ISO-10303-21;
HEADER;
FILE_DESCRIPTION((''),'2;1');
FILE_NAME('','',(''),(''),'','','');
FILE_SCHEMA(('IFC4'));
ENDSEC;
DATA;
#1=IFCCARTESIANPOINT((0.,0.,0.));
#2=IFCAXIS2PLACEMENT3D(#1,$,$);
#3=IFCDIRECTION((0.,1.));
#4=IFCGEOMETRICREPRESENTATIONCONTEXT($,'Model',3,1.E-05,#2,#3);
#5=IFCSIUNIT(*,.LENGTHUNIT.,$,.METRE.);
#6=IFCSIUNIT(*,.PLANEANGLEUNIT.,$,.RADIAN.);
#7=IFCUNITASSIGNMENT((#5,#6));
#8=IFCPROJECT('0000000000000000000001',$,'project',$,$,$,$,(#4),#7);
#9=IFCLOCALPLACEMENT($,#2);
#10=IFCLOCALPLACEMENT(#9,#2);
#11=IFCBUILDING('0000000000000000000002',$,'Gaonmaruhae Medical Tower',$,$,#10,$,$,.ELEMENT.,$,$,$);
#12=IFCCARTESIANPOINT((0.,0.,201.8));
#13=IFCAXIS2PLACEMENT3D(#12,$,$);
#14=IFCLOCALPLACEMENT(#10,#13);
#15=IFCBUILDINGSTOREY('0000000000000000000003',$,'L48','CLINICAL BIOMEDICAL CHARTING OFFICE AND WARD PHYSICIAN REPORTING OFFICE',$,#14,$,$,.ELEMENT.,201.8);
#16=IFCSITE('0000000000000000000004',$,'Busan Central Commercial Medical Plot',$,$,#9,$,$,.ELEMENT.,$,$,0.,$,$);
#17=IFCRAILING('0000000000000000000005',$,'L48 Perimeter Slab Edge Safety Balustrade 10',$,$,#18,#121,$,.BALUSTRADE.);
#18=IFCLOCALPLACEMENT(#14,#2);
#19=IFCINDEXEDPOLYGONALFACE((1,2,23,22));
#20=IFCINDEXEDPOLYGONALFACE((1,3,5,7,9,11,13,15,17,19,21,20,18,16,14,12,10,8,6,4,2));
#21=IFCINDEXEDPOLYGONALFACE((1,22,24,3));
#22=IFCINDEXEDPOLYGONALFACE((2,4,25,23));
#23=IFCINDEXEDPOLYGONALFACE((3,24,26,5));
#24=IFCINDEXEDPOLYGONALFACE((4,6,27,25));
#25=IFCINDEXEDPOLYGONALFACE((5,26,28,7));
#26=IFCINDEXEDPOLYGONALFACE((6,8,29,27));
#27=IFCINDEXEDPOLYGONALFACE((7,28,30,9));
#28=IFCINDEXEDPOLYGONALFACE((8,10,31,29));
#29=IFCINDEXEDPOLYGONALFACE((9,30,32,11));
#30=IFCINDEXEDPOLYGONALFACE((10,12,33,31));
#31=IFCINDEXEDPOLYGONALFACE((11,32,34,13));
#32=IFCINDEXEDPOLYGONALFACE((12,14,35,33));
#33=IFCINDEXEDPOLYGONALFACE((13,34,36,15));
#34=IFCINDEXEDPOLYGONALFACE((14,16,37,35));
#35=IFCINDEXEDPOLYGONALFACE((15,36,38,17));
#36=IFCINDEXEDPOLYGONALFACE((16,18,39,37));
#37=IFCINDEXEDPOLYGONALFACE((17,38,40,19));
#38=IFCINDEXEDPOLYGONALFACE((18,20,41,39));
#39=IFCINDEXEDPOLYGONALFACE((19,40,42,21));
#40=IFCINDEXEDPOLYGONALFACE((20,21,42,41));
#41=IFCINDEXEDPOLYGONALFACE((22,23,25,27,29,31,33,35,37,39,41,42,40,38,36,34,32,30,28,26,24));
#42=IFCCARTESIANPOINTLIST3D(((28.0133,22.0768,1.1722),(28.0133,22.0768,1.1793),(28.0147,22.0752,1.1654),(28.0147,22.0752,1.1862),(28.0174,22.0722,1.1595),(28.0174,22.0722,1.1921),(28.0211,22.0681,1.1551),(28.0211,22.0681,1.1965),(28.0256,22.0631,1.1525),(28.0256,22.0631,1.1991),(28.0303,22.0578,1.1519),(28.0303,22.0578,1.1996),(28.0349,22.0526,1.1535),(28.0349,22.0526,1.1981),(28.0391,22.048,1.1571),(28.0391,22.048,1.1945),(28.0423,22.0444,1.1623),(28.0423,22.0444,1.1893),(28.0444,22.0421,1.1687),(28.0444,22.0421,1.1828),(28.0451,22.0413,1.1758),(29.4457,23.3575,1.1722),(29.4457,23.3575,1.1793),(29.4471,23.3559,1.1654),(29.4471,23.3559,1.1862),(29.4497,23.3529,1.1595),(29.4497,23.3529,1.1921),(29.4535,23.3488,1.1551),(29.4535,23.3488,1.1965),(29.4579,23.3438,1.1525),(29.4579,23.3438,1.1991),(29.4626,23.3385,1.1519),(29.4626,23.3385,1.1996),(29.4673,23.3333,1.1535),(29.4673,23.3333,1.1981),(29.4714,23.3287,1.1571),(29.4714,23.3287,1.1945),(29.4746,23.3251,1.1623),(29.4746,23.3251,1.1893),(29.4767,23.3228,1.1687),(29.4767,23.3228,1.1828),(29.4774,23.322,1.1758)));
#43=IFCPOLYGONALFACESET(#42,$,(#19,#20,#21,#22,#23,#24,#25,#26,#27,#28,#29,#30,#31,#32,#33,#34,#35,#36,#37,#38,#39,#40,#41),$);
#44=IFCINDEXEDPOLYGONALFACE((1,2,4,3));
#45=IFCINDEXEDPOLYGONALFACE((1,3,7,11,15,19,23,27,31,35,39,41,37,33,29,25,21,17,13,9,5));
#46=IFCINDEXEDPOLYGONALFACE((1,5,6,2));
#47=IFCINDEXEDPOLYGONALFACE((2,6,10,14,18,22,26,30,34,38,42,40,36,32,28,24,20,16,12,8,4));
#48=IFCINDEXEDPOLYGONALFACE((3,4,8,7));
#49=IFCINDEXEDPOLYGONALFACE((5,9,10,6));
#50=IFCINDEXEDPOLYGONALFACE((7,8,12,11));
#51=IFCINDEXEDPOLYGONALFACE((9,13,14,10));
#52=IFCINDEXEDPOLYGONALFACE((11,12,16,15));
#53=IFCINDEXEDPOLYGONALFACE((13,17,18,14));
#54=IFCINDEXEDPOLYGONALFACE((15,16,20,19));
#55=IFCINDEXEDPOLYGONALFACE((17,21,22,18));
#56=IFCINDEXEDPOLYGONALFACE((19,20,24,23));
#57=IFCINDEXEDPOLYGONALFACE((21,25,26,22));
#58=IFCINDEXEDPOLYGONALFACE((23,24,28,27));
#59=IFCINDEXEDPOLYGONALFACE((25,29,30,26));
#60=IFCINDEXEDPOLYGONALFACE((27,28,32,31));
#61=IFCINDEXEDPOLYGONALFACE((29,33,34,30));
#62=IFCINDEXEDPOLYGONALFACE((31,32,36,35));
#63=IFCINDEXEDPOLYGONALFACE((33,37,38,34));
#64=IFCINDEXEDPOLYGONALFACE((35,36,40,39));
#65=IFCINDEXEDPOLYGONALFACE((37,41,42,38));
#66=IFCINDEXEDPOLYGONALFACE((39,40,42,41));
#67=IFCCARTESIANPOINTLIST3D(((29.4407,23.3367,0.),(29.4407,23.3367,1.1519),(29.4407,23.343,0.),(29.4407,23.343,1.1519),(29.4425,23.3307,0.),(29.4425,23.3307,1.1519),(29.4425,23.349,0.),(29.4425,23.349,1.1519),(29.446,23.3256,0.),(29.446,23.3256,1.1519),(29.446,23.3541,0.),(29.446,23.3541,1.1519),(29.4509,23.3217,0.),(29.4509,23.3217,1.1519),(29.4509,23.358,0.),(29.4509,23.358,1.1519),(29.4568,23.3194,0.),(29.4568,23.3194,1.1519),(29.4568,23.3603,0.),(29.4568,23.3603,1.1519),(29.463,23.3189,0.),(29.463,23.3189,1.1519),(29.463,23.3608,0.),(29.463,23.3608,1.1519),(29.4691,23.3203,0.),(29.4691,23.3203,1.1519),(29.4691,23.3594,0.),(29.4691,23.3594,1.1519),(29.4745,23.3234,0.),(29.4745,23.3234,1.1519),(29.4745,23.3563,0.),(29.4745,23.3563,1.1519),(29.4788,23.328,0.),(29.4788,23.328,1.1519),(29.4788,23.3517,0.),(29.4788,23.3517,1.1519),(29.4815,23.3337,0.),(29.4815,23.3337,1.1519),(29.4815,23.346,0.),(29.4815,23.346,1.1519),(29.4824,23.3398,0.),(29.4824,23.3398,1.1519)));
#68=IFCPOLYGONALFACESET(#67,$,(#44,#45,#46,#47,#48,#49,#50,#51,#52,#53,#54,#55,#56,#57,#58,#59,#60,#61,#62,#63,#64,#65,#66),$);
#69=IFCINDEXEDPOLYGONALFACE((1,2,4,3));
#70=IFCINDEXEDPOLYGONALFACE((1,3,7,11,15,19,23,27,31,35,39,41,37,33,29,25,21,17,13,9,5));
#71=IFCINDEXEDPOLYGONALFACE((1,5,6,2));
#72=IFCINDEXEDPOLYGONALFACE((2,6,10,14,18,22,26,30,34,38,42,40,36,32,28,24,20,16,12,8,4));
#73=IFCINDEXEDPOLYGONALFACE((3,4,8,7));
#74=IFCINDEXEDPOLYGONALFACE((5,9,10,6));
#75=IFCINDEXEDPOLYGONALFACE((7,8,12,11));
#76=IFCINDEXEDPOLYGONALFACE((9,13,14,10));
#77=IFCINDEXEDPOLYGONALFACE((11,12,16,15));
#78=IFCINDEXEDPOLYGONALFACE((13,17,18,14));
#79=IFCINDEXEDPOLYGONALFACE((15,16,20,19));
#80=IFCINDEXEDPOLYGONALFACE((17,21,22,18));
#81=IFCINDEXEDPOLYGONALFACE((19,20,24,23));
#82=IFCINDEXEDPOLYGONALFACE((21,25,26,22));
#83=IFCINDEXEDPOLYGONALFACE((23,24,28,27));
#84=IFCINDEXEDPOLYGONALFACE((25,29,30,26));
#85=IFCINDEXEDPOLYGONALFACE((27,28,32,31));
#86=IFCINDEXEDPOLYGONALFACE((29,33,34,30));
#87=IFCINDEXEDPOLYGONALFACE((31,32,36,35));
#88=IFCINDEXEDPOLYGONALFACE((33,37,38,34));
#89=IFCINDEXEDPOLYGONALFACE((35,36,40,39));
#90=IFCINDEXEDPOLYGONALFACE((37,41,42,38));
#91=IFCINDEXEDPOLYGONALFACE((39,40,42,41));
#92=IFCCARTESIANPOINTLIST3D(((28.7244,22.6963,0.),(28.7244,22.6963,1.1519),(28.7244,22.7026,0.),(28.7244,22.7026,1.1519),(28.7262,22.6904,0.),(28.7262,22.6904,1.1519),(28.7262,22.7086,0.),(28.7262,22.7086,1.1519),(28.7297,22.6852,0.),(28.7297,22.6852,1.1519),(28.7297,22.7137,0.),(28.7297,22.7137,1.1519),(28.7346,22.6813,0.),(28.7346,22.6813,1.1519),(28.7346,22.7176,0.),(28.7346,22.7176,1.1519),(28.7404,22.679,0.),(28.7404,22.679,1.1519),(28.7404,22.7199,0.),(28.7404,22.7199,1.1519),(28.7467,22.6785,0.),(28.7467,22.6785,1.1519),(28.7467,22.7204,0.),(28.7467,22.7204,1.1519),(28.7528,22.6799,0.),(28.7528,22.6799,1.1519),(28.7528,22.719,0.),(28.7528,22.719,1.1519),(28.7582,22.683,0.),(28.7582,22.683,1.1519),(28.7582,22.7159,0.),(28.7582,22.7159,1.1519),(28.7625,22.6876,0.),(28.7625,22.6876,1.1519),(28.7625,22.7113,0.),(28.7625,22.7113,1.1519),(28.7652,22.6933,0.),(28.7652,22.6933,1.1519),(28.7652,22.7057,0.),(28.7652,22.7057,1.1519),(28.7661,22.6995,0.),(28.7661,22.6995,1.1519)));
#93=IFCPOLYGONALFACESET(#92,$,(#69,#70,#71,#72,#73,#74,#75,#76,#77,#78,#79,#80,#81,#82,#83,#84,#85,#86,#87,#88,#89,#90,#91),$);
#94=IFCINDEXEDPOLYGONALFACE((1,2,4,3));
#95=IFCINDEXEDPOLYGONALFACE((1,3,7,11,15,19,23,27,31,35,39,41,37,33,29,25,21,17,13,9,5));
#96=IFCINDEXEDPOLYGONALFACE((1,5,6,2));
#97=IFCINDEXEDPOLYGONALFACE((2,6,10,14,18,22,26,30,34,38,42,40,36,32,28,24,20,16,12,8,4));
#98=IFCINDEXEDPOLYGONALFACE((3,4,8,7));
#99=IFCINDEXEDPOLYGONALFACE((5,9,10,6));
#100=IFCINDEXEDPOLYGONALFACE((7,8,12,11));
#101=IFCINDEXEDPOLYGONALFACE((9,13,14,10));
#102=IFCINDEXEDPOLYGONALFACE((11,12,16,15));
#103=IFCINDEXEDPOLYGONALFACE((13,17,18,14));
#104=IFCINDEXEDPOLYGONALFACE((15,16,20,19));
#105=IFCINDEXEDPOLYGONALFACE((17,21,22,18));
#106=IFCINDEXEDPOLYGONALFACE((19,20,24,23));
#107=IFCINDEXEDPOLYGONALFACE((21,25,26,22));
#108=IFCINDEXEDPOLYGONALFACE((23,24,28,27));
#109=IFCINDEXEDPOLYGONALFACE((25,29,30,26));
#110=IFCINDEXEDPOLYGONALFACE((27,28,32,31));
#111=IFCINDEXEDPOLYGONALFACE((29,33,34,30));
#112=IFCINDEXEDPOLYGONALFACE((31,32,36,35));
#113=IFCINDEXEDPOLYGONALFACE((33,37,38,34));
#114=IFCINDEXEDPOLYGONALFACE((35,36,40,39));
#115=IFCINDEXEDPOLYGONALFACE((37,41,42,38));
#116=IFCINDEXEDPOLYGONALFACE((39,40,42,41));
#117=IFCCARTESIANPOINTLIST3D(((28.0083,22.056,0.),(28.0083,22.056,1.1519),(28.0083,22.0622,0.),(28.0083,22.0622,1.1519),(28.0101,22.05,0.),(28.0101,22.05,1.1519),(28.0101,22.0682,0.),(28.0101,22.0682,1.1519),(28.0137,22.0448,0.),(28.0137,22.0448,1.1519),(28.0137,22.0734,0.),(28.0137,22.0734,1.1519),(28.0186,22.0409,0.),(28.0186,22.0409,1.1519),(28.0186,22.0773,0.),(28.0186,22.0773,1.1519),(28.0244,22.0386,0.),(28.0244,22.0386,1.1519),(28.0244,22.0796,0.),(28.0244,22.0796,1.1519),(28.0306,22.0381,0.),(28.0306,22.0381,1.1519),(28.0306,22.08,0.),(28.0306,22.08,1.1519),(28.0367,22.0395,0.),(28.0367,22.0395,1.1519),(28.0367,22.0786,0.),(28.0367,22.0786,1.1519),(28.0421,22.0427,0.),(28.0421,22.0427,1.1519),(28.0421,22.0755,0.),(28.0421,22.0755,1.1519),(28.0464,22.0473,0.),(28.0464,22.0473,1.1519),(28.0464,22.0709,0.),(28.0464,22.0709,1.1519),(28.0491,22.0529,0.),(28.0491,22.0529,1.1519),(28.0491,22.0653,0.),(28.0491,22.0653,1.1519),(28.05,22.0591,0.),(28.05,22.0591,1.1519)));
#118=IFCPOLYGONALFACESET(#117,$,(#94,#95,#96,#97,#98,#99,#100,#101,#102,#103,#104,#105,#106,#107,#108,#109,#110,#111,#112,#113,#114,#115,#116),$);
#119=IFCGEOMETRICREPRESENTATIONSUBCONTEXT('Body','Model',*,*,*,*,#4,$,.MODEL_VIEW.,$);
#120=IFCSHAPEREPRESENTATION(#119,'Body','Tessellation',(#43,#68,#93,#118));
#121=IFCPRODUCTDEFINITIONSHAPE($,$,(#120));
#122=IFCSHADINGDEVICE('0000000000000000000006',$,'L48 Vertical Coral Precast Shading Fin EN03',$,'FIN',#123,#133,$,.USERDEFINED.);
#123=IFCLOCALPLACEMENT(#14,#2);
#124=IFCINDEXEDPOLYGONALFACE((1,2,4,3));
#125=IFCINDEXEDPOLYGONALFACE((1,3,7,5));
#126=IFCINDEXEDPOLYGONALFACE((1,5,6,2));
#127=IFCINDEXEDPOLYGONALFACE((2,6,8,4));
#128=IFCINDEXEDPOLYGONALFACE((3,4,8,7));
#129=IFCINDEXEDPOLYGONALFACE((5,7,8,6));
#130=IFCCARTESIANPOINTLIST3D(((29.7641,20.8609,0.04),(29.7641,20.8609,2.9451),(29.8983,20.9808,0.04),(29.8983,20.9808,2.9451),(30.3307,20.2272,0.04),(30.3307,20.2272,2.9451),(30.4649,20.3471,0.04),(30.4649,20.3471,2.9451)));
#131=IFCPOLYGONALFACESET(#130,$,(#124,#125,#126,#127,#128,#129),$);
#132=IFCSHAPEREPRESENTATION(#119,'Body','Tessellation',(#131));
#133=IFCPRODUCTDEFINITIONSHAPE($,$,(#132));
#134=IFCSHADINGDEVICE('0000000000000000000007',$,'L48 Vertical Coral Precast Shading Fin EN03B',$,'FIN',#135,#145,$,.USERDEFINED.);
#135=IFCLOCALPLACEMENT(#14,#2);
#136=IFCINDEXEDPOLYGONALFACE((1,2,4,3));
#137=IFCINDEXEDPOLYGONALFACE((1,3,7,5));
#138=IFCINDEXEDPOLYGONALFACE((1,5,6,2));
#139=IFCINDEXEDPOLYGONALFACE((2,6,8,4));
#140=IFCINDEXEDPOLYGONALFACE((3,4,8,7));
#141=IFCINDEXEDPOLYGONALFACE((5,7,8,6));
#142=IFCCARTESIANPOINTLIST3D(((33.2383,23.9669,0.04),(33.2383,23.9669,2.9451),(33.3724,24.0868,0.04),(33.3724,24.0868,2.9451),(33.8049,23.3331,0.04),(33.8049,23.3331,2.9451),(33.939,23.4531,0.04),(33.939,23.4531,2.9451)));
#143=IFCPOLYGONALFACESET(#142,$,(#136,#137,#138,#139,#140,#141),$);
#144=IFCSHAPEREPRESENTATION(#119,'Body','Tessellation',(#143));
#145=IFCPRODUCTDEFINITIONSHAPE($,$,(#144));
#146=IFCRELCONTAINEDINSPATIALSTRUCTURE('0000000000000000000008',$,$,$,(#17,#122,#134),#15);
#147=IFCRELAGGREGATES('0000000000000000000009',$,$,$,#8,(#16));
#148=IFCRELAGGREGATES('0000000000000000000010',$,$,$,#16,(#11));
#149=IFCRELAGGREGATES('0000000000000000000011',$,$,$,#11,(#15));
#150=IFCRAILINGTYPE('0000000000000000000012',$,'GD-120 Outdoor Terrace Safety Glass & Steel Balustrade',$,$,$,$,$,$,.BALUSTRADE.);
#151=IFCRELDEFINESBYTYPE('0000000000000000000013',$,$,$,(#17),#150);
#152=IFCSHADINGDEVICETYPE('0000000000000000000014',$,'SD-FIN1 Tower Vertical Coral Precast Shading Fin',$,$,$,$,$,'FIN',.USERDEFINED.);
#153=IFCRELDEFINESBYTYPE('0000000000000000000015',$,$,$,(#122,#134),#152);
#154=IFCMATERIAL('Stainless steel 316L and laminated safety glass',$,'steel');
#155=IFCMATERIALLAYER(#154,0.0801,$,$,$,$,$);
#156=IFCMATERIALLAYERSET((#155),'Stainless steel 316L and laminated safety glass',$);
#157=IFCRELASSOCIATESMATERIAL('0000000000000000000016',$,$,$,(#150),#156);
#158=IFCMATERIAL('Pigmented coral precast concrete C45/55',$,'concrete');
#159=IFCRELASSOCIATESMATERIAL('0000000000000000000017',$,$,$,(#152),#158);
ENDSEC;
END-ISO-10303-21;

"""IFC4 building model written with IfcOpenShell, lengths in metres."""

from ifc_helpers import new_model, si_unit, direction, frame, origin, origin_2d, place, context, subcontext, project, spatial, rectangle, circle, extrude, material, layer, layer_set, type_object, element, save


model = new_model("IFC4")

# Units and contexts
model_context = context("Model", 3, precision=1e-05, world=origin(), true_north=direction((0.0, 1.0)))
body_context = subcontext(model_context, "Body", "Model", "MODEL_VIEW")
ifc_project = project(units=[si_unit("LENGTHUNIT", "METRE"), si_unit("PLANEANGLEUNIT", "RADIAN")], contexts=[model_context])

# Site, building, storey
site_placement = place(None, origin())
site = spatial("IfcSite", under=ifc_project, at=site_placement, Name="Busan Central Commercial Medical Plot", CompositionType="ELEMENT", RefElevation=0.0)
building_placement = place(site_placement, origin())
building = spatial("IfcBuilding", under=site, at=building_placement, Name="Gaonmaruhae Medical Tower", CompositionType="ELEMENT")
storey_placement = place(building_placement, frame((0.0, 0.0, 201.8)))
storey = spatial("IfcBuildingStorey", under=building, at=storey_placement, Name="L48", Description="CLINICAL BIOMEDICAL CHARTING OFFICE AND WARD PHYSICIAN REPORTING OFFICE", CompositionType="ELEMENT", Elevation=201.8)

# Railing
ifc_material_1 = material(Name="Stainless steel 316L and laminated safety glass", Category="steel")
ifc_layer_1 = layer(ifc_material_1, 0.0801)
ifc_layer_set_1 = layer_set([ifc_layer_1], Name="Stainless steel 316L and laminated safety glass")
railing_type_1 = type_object("IfcRailingType", Name="GD-120 Outdoor Terrace Safety Glass & Steel Balustrade", PredefinedType="BALUSTRADE", material=ifc_layer_set_1)
railing_1_placement = place(storey_placement, frame((29.4614, 23.3398, 0.0)))
element("IfcRailing", 1, at=railing_1_placement, inside=storey, type_object=railing_type_1, Name="L48 Perimeter Slab Edge Safety Balustrade 10", PredefinedType="BALUSTRADE", context=body_context, shape_type="SweptSolid", body=[
    extrude(circle(Radius=0.0239, at=origin_2d()), frame((0.0, 0.0, 1.1758), z_axis=(-0.745457, -0.666553, 0.0), x_axis=(0.666553, -0.745457, 0.0)), (0.0, 0.0, 1.0), 1.9214),
    extrude(circle(Radius=0.021, at=origin_2d()), origin(), (0.0, 0.0, 1.0), 1.1519),
    extrude(circle(Radius=0.021, at=origin_2d()), frame((-0.7163, -0.6404, 0.0)), (0.0, 0.0, 1.0), 1.1519),
    extrude(circle(Radius=0.021, at=origin_2d()), frame((-1.4324, -1.2808, 0.0)), (0.0, 0.0, 1.0), 1.1519),
])

# Shading devices
ifc_material_2 = material(Name="Pigmented coral precast concrete C45/55", Category="concrete")
shading_device_type = type_object("IfcShadingDeviceType", Name="SD-FIN1 Tower Vertical Coral Precast Shading Fin", ElementType="FIN", PredefinedType="USERDEFINED", material=ifc_material_2)
for number, where, z_axis, x_axis, name in (
    (2, (30.1145, 20.604, 0.04), (0.0, 0.0, 1.0), (0.745488, 0.666519, 0.0), "L48 Vertical Coral Precast Shading Fin EN03"),
    (3, (33.5886, 23.71, 0.04), (0.0, 0.0, 1.0), (0.745488, 0.666519, 0.0), "L48 Vertical Coral Precast Shading Fin EN03B"),
):
    element("IfcShadingDevice", number, at=place(storey_placement, frame(where, z_axis=z_axis, x_axis=x_axis)), inside=storey, type_object=shading_device_type, Name=name, ObjectType="FIN", PredefinedType="USERDEFINED", context=body_context, shape_type="SweptSolid", body=[
        extrude(rectangle(XDim=0.1799, YDim=0.8501, at=origin_2d()), origin(), (0.0, 0.0, 1.0), 2.905),
    ])

save(model, "model.ifc")
